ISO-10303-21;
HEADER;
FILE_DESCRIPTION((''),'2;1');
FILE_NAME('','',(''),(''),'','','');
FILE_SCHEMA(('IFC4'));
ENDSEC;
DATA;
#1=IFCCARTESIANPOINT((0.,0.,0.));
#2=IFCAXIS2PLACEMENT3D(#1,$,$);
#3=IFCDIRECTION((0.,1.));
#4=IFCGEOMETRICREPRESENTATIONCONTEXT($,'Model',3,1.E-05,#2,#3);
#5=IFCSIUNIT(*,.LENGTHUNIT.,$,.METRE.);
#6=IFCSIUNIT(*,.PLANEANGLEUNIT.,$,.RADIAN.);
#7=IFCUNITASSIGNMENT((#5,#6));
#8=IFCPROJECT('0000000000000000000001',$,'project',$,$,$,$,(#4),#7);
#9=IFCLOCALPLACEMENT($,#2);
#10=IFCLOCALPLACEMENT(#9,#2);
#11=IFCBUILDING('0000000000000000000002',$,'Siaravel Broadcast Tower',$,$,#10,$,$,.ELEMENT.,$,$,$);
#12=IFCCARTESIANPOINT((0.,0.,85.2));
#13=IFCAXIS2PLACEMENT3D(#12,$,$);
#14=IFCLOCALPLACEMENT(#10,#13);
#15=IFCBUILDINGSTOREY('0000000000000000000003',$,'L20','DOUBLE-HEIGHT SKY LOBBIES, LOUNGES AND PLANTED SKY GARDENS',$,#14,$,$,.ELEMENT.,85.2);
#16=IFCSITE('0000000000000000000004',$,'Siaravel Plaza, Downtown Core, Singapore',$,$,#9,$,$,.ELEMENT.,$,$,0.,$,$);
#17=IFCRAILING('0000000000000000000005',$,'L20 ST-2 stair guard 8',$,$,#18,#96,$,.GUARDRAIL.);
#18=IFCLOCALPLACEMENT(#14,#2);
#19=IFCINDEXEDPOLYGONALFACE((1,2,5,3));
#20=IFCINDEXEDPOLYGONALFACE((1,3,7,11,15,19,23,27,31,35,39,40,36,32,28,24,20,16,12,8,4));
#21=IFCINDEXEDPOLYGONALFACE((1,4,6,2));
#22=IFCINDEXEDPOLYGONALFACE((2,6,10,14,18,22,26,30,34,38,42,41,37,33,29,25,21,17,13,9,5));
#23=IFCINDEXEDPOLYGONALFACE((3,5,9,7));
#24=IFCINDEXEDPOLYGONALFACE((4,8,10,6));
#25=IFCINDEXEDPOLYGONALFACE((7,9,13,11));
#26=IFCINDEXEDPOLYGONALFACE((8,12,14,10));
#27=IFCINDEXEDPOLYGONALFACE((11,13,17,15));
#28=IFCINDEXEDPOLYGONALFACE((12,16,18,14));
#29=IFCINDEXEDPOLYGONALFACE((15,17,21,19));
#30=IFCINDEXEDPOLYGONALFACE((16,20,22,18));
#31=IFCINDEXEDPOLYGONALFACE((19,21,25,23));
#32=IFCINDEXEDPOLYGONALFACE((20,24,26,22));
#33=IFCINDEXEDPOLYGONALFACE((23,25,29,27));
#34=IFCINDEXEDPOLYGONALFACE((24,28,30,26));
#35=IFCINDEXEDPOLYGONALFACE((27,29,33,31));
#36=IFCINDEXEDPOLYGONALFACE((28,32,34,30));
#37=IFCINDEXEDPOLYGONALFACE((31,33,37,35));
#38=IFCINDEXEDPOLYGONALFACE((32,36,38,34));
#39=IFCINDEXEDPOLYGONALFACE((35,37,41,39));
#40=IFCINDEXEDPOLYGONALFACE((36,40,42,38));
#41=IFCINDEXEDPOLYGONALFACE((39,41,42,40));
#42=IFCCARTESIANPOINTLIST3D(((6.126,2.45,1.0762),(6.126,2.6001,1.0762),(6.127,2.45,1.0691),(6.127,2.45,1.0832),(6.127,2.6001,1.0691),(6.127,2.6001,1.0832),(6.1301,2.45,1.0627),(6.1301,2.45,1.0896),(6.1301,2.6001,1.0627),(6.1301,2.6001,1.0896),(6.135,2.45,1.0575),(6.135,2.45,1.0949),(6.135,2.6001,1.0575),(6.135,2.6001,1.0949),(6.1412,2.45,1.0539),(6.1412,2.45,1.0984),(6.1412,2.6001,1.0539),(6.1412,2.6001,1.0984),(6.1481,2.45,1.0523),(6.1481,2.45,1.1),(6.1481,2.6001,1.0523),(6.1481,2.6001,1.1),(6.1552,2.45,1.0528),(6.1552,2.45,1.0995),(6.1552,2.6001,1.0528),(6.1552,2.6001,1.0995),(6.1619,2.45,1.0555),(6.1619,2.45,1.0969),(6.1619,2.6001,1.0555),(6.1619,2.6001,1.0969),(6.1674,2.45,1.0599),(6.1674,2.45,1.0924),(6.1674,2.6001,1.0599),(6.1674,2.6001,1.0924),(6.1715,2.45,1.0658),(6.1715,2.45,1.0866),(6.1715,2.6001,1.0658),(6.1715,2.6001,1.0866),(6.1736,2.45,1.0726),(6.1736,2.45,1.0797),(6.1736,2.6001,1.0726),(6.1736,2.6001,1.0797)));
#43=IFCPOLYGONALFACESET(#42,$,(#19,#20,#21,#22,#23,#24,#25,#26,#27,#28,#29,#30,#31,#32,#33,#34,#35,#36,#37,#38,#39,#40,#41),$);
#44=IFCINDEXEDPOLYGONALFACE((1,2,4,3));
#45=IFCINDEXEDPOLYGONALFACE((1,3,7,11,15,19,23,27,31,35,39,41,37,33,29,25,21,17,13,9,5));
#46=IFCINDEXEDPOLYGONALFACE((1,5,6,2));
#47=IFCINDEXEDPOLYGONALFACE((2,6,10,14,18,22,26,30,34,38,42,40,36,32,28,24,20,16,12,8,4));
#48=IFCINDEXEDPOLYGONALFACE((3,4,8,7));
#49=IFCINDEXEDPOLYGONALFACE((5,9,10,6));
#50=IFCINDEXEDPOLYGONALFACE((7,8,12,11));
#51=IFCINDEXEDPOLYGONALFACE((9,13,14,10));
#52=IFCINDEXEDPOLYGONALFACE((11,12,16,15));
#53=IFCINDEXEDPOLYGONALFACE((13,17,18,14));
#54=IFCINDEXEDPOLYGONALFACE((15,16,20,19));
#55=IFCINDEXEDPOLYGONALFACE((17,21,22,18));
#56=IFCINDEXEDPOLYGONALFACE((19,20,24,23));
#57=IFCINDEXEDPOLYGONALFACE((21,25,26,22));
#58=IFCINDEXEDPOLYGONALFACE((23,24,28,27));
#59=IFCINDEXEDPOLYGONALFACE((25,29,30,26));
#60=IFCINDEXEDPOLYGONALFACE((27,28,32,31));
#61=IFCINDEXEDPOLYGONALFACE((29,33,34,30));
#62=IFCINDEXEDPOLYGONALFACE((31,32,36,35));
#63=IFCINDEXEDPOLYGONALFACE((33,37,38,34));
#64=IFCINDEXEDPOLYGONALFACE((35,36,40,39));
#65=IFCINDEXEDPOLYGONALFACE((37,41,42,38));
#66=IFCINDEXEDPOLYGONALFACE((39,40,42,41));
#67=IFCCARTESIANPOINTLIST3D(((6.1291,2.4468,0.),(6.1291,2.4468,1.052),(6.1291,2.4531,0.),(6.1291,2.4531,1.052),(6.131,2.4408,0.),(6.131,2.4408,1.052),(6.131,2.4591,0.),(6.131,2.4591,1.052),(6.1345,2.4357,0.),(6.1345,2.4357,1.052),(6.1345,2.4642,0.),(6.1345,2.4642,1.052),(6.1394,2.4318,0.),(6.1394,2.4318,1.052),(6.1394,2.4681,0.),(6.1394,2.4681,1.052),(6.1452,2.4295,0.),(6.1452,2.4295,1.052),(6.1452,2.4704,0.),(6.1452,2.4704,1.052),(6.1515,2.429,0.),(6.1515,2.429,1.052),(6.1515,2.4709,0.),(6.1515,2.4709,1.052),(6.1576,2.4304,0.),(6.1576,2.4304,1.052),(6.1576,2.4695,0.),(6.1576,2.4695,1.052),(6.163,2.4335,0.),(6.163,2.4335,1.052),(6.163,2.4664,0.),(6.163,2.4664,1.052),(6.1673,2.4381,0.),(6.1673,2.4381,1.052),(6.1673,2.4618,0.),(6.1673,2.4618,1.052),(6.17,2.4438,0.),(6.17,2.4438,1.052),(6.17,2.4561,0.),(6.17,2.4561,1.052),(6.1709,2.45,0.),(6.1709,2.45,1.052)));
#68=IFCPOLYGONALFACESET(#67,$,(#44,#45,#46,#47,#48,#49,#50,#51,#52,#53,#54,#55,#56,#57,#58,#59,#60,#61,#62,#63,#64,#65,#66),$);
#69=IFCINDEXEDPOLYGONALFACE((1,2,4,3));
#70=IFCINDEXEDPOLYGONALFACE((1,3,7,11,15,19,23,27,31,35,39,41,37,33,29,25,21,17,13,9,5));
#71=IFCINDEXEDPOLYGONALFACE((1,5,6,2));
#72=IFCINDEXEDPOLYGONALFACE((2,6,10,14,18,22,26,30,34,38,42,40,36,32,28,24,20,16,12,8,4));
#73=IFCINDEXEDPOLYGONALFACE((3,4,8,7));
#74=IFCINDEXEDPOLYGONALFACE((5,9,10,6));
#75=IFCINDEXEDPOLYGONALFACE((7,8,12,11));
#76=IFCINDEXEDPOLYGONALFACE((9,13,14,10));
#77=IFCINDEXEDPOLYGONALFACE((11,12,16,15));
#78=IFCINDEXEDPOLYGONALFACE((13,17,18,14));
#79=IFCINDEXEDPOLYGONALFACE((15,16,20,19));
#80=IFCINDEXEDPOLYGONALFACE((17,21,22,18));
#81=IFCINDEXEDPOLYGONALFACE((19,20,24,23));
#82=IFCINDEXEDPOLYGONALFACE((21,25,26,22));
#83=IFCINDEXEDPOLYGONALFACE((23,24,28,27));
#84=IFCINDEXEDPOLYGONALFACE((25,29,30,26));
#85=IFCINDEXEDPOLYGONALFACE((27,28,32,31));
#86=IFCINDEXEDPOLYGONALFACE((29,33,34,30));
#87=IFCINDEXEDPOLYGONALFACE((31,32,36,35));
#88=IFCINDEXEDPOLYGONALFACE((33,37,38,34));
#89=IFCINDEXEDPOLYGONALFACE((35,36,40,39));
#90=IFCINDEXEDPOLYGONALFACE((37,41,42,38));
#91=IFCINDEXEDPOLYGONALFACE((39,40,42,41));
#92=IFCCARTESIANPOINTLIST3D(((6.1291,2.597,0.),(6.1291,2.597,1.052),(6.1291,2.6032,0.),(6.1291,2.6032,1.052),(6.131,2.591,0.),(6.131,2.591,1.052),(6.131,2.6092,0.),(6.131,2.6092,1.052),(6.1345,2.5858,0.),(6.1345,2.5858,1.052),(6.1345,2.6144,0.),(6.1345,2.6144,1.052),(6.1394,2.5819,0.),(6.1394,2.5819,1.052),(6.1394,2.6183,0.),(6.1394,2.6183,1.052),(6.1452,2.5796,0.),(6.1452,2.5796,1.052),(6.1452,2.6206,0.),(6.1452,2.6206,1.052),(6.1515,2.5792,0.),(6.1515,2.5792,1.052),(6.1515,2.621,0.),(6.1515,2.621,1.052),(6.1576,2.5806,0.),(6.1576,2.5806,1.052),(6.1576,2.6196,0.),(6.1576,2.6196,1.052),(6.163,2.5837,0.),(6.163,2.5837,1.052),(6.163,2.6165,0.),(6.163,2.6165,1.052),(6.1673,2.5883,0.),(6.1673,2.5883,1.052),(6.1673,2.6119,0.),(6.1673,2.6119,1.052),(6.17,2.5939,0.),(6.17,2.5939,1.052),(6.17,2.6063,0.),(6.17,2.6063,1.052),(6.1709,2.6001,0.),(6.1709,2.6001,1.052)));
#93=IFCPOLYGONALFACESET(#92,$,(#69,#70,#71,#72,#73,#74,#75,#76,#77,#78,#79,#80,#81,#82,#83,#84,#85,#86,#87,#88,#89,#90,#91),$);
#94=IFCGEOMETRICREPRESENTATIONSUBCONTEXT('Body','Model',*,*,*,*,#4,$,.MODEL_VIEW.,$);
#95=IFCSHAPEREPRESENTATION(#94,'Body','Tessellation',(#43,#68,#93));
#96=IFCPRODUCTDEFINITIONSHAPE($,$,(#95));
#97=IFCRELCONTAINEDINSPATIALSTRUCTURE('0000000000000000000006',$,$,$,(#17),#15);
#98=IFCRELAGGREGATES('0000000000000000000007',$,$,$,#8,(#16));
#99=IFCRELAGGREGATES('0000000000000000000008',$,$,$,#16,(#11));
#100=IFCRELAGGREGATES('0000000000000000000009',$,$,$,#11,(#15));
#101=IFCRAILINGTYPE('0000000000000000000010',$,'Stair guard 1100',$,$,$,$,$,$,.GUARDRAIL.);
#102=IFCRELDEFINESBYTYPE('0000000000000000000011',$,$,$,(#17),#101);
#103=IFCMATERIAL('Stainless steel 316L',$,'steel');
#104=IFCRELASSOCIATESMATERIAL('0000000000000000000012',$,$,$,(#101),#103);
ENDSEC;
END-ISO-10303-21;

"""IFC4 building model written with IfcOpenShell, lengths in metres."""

from ifc_helpers import new_model, si_unit, direction, frame, origin, origin_2d, place, context, subcontext, project, spatial, circle, extrude, material, type_object, element, save


model = new_model("IFC4")

# Units and contexts
model_context = context("Model", 3, precision=1e-05, world=origin(), true_north=direction((0.0, 1.0)))
body_context = subcontext(model_context, "Body", "Model", "MODEL_VIEW")
ifc_project = project(units=[si_unit("LENGTHUNIT", "METRE"), si_unit("PLANEANGLEUNIT", "RADIAN")], contexts=[model_context])

# Site, building, storey
site_placement = place(None, origin())
site = spatial("IfcSite", under=ifc_project, at=site_placement, Name="Siaravel Plaza, Downtown Core, Singapore", CompositionType="ELEMENT", RefElevation=0.0)
building_placement = place(site_placement, origin())
building = spatial("IfcBuilding", under=site, at=building_placement, Name="Siaravel Broadcast Tower", CompositionType="ELEMENT")
storey_placement = place(building_placement, frame((0.0, 0.0, 85.2)))
storey = spatial("IfcBuildingStorey", under=building, at=storey_placement, Name="L20", Description="DOUBLE-HEIGHT SKY LOBBIES, LOUNGES AND PLANTED SKY GARDENS", CompositionType="ELEMENT", Elevation=85.2)

# Railing
ifc_material_1 = material(Name="Stainless steel 316L", Category="steel")
railing_type_1 = type_object("IfcRailingType", Name="Stair guard 1100", PredefinedType="GUARDRAIL", material=ifc_material_1)
railing_1_placement = place(storey_placement, frame((6.1499, 2.45, 0.0)))
element("IfcRailing", 1, at=railing_1_placement, inside=storey, type_object=railing_type_1, Name="L20 ST-2 stair guard 8", PredefinedType="GUARDRAIL", context=body_context, shape_type="SweptSolid", body=[
    extrude(circle(Radius=0.0239, at=origin_2d()), frame((0.0, 0.0, 1.0762), z_axis=(0.0, 1.0, 0.0), x_axis=(-1.0, 0.0, 0.0)), (0.0, 0.0, 1.0), 0.1501),
    extrude(circle(Radius=0.021, at=origin_2d()), origin(), (0.0, 0.0, 1.0), 1.052),
    extrude(circle(Radius=0.021, at=origin_2d()), frame((0.0, 0.1501, 0.0)), (0.0, 0.0, 1.0), 1.052),
])

save(model, "model.ifc")
